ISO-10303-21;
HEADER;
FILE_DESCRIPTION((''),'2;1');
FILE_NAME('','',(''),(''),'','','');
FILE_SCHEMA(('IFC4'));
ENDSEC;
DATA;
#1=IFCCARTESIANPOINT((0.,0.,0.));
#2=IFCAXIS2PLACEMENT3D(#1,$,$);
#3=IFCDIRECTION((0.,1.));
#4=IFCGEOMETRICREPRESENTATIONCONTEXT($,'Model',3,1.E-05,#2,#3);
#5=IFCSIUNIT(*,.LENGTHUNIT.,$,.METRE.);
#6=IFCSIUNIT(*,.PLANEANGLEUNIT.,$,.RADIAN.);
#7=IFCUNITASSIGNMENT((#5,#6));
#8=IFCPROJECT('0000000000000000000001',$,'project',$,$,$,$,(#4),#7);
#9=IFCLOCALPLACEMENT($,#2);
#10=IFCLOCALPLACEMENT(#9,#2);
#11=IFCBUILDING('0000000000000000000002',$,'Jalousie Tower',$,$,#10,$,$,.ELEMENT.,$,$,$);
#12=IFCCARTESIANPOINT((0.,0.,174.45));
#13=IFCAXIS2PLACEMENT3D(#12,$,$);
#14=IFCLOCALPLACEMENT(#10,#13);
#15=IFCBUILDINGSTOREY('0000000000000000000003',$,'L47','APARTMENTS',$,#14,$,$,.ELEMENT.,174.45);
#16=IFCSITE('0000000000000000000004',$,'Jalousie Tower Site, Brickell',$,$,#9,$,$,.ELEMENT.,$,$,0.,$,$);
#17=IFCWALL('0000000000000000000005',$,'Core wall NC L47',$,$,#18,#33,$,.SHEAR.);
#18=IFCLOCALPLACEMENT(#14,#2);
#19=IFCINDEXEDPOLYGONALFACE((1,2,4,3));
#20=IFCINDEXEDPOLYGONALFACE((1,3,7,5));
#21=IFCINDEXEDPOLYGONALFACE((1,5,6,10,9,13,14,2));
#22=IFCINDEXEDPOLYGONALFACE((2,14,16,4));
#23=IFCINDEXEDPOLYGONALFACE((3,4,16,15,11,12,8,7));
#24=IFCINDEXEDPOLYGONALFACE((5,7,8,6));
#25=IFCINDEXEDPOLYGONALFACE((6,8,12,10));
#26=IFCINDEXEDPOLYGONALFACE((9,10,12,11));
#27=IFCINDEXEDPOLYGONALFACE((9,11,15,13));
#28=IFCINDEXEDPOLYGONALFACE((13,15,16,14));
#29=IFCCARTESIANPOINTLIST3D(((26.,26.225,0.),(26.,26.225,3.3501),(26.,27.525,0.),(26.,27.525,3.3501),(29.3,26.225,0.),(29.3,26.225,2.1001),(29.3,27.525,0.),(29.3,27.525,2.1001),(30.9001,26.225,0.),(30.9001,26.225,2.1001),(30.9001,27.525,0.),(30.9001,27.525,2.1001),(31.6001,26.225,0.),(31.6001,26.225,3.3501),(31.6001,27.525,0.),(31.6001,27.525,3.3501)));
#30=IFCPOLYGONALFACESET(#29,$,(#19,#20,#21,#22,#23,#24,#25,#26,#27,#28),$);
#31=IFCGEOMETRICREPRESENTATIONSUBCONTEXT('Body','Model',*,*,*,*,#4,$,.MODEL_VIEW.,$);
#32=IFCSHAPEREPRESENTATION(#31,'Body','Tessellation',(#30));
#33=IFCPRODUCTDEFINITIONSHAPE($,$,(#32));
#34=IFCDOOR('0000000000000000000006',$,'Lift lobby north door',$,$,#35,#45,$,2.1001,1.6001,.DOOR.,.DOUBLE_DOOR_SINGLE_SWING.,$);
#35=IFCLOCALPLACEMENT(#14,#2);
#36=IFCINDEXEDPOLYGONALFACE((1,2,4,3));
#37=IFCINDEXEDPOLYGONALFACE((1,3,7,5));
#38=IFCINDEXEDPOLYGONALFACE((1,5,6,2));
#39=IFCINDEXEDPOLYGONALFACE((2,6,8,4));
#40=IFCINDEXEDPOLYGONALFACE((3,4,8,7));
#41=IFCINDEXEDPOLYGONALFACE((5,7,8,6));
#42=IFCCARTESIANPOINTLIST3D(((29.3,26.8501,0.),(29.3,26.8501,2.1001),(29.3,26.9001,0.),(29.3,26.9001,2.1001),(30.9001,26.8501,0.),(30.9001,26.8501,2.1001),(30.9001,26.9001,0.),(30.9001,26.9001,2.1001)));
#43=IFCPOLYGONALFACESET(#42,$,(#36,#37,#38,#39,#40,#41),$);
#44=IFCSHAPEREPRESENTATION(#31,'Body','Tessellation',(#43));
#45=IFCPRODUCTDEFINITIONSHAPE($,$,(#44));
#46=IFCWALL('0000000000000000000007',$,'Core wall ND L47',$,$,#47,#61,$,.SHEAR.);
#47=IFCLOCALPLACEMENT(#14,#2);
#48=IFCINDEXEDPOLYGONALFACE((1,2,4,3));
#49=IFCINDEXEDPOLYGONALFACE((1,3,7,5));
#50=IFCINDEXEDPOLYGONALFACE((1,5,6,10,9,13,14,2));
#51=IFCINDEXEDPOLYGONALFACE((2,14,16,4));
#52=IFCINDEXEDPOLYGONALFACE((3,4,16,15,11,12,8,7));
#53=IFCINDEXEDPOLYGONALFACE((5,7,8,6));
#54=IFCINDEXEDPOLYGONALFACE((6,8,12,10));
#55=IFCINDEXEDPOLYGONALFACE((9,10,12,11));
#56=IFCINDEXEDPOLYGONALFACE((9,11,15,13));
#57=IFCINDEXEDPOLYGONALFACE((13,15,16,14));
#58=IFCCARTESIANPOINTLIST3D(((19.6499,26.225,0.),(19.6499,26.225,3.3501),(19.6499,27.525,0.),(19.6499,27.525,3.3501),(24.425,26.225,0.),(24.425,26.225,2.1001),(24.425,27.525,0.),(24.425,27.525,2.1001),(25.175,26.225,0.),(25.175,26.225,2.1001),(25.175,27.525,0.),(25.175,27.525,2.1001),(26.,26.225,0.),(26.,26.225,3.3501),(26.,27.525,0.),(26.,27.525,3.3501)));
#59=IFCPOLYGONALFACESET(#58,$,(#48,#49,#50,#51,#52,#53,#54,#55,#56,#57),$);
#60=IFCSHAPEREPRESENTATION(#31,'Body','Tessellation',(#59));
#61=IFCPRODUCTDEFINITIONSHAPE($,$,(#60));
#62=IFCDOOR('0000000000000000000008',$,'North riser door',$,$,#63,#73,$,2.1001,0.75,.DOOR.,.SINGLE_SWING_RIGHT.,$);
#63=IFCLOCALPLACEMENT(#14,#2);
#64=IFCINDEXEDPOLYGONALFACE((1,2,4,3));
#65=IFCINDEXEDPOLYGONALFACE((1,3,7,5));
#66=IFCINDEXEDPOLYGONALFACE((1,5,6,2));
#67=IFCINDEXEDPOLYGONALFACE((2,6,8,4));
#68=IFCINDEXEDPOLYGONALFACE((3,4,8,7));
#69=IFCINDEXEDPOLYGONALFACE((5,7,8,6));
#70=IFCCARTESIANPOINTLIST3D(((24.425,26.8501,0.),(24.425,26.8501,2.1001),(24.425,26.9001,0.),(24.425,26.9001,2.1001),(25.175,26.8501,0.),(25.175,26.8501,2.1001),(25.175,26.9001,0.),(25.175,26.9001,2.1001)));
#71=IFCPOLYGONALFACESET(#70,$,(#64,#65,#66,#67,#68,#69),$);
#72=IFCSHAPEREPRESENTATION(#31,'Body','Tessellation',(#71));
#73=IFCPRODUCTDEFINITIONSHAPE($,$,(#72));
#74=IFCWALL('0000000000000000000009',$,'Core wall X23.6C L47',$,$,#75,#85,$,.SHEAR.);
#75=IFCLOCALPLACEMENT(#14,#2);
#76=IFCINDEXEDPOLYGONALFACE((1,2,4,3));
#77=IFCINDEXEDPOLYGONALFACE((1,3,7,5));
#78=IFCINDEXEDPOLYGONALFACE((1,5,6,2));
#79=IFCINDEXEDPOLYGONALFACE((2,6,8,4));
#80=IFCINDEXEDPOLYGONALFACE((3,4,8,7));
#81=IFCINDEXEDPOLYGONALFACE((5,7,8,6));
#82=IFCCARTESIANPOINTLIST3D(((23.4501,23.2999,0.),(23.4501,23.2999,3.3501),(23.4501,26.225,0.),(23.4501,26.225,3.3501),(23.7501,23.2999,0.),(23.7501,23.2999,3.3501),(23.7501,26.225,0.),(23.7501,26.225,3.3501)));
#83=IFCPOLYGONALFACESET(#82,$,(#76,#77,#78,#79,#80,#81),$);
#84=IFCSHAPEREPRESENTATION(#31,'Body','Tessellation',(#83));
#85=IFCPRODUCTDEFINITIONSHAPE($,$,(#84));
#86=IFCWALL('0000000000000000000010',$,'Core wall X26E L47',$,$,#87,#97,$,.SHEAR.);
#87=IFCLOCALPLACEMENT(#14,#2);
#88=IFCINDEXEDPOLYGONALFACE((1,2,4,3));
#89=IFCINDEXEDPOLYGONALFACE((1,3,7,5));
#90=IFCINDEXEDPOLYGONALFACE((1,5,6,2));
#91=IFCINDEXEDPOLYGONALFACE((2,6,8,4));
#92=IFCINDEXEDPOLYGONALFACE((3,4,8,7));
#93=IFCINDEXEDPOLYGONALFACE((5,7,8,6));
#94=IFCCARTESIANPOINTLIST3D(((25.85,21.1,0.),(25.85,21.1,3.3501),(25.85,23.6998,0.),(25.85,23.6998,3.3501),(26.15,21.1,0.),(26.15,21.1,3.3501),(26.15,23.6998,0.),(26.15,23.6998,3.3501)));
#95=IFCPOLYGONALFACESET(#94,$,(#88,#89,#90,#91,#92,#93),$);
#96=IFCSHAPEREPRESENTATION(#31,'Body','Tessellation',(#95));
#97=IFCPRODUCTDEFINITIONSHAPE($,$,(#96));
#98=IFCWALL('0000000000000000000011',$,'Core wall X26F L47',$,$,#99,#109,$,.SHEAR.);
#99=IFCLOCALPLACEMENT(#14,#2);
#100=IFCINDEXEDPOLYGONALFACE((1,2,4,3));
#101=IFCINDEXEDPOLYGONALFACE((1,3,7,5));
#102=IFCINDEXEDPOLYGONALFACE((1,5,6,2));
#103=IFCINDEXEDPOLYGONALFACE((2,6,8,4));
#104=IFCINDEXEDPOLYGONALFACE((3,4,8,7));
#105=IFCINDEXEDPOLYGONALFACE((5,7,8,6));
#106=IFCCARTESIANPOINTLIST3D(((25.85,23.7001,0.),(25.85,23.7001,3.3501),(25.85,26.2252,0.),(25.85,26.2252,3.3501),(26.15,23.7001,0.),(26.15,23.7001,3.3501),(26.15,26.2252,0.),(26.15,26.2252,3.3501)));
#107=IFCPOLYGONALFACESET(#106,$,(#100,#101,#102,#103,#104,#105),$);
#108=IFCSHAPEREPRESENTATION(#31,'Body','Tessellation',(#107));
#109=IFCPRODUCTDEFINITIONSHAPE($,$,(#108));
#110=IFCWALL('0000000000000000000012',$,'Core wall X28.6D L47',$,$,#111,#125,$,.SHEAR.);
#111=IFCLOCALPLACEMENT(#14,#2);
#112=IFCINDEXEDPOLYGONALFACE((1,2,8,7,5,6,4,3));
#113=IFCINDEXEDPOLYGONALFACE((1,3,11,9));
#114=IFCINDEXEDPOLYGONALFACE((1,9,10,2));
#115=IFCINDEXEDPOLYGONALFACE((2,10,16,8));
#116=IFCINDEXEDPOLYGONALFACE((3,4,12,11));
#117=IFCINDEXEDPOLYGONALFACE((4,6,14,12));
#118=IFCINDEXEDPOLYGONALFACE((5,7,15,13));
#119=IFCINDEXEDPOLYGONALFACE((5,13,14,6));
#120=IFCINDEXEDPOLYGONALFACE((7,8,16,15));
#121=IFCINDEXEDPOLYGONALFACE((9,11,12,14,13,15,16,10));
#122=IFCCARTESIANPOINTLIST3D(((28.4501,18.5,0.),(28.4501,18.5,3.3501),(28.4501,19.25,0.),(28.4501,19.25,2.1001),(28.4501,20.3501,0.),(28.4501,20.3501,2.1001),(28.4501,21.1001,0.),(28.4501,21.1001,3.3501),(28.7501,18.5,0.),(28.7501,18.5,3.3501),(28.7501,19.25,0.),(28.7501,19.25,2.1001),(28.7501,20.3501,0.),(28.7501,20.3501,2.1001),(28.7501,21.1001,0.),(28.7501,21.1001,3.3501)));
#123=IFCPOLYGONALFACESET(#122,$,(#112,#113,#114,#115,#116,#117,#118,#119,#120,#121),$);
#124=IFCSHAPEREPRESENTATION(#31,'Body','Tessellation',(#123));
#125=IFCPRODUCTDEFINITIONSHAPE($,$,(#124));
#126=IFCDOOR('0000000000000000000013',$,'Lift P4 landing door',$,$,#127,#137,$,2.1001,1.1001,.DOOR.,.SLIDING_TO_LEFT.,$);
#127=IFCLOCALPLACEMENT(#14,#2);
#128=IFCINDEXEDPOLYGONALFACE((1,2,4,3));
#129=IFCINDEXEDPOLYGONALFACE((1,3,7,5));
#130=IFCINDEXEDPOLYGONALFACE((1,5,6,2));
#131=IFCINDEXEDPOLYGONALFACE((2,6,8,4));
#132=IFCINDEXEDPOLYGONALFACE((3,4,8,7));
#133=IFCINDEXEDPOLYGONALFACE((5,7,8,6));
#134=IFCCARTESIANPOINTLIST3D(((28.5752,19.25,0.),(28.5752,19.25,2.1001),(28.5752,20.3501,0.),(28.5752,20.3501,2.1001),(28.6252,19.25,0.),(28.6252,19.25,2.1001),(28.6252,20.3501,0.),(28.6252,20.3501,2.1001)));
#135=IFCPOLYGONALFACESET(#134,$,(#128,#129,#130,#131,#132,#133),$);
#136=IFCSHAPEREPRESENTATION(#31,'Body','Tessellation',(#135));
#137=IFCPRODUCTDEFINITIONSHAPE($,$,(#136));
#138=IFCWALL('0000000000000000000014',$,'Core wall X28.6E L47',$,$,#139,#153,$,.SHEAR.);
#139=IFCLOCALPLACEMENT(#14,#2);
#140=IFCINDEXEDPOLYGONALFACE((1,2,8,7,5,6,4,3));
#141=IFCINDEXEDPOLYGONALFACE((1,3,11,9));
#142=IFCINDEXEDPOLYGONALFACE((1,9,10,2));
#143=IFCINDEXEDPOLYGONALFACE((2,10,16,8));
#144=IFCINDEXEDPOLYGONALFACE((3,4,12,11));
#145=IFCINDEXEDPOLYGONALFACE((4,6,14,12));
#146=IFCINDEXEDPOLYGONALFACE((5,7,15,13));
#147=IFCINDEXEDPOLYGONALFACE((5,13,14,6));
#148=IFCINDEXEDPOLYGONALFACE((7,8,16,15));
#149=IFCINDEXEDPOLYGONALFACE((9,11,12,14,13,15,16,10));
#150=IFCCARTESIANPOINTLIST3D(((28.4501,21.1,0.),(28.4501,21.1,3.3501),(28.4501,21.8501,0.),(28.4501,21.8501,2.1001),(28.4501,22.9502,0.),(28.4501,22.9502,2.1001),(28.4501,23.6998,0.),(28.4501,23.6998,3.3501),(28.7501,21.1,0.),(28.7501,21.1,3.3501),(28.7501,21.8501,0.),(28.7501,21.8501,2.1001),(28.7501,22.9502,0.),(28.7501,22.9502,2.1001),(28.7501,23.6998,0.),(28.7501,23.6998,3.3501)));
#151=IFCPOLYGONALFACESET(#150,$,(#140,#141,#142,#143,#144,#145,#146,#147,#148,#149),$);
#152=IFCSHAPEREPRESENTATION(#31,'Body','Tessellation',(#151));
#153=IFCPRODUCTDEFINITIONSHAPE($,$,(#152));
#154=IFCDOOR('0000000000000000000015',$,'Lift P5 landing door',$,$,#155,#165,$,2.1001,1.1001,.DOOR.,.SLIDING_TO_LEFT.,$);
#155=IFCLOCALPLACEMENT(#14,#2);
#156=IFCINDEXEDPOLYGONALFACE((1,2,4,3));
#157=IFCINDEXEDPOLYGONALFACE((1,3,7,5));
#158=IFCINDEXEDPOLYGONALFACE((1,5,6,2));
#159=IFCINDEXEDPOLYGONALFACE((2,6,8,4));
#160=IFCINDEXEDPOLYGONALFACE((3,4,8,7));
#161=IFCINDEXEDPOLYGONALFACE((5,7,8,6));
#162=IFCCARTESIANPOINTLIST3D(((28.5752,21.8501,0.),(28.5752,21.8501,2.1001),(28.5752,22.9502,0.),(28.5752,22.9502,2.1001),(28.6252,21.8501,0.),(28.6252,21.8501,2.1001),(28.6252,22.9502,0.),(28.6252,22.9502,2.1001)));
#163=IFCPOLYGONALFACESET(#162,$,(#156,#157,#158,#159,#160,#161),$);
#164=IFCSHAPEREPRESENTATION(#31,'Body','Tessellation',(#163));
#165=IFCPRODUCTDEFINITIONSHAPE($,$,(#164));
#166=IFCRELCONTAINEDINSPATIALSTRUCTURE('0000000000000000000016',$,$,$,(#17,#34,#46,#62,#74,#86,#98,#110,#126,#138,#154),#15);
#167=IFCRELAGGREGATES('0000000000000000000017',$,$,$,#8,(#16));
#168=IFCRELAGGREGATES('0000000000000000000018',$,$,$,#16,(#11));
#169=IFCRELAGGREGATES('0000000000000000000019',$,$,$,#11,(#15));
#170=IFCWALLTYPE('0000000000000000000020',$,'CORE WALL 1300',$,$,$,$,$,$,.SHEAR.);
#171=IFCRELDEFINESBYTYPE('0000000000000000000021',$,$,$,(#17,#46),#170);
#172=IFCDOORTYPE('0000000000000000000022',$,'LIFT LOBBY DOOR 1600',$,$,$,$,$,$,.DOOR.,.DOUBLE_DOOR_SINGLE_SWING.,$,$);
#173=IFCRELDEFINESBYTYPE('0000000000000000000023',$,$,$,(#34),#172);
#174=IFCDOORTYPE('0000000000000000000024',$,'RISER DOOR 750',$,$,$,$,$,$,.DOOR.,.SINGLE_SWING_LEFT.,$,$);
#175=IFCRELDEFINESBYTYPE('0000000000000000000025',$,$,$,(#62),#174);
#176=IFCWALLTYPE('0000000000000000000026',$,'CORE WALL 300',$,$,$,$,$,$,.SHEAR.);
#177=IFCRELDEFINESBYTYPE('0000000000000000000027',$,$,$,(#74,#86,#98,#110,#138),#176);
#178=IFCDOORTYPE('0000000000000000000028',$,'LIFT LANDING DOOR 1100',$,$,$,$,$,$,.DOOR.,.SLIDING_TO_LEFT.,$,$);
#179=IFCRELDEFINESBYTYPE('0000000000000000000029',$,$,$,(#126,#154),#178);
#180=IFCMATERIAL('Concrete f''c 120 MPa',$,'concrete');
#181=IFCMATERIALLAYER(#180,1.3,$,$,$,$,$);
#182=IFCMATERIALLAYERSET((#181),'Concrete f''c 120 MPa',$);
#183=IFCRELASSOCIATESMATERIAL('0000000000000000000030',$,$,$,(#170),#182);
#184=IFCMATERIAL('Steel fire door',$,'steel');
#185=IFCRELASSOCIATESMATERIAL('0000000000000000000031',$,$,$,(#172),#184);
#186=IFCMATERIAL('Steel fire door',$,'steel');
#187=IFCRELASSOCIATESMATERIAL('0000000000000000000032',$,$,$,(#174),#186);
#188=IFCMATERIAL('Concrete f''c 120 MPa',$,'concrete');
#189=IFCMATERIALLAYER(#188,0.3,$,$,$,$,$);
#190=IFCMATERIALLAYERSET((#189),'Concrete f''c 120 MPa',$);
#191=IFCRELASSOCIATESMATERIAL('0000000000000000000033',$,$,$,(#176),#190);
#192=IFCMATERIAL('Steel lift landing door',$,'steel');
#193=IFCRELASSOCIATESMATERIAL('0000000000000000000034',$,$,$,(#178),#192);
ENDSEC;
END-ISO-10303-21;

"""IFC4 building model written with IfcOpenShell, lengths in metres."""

from ifc_helpers import new_model, si_unit, direction, frame, frame_2d, origin, place, context, subcontext, project, spatial, rectangle, extrude, material, layer, layer_set, type_object, element, fill, save


model = new_model("IFC4")

# Units and contexts
model_context = context("Model", 3, precision=1e-05, world=origin(), true_north=direction((0.0, 1.0)))
body_context = subcontext(model_context, "Body", "Model", "MODEL_VIEW")
ifc_project = project(units=[si_unit("LENGTHUNIT", "METRE"), si_unit("PLANEANGLEUNIT", "RADIAN")], contexts=[model_context])

# Site, building, storey
site_placement = place(None, origin())
site = spatial("IfcSite", under=ifc_project, at=site_placement, Name="Jalousie Tower Site, Brickell", CompositionType="ELEMENT", RefElevation=0.0)
building_placement = place(site_placement, origin())
building = spatial("IfcBuilding", under=site, at=building_placement, Name="Jalousie Tower", CompositionType="ELEMENT")
storey_placement = place(building_placement, frame((0.0, 0.0, 174.45)))
storey = spatial("IfcBuildingStorey", under=building, at=storey_placement, Name="L47", Description="APARTMENTS", CompositionType="ELEMENT", Elevation=174.45)

# Walls, openings, doors
ifc_material_1 = material(Name="Concrete f'c 120 MPa", Category="concrete")
ifc_layer_1 = layer(ifc_material_1, 1.3)
ifc_layer_set_1 = layer_set([ifc_layer_1], Name="Concrete f'c 120 MPa")
wall_type_1 = type_object("IfcWallType", Name="CORE WALL 1300", PredefinedType="SHEAR", material=ifc_layer_set_1)
wall_1_placement = place(storey_placement, frame((31.6001, 26.875, 0.0), z_axis=(0.0, 0.0, 1.0), x_axis=(-1.0, 0.0, 0.0)))
wall_1 = element("IfcWall", 1, at=wall_1_placement, inside=storey, type_object=wall_type_1, Name="Core wall NC L47", PredefinedType="SHEAR", context=body_context, shape_type="SweptSolid", body=[
    extrude(rectangle(XDim=5.6001, YDim=1.3, at=frame_2d((2.8, 0.0))), origin(), (0.0, 0.0, 1.0), 3.3501),
])
opening_1_placement = place(wall_1_placement, frame((0.7, 0.0, 0.0)))
opening_1 = element("IfcOpeningElement", 2, at=opening_1_placement, cuts=wall_1, PredefinedType="OPENING", context=body_context, shape_type="SweptSolid", body=[
    extrude(rectangle(XDim=1.6001, YDim=2.1001, at=frame_2d((0.8, 1.05))), frame((0.0, 0.6599, 0.0), z_axis=(0.0, -1.0, 0.0), x_axis=(1.0, 0.0, 0.0)), (0.0, 0.0, 1.0), 1.3201),
])
ifc_material_2 = material(Name="Steel fire door", Category="steel")
door_type_1 = type_object("IfcDoorType", Name="LIFT LOBBY DOOR 1600", OperationType="DOUBLE_DOOR_SINGLE_SWING", PredefinedType="DOOR", material=ifc_material_2)
door_1_placement = place(opening_1_placement, origin())
door_1 = element("IfcDoor", 3, at=door_1_placement, inside=storey, type_object=door_type_1, Name="Lift lobby north door", OperationType="DOUBLE_DOOR_SINGLE_SWING", OverallHeight=2.1001, OverallWidth=1.6001, PredefinedType="DOOR", context=body_context, shape_type="SweptSolid", body=[
    extrude(rectangle(XDim=1.6001, YDim=2.1001, at=frame_2d((0.8, 1.05))), frame((0.0, 0.0249, 0.0), z_axis=(0.0, -1.0, 0.0), x_axis=(1.0, 0.0, 0.0)), (0.0, 0.0, 1.0), 0.05),
])
fill(opening_1, door_1)
wall_2_placement = place(storey_placement, frame((26.0, 26.875, 0.0), z_axis=(0.0, 0.0, 1.0), x_axis=(-1.0, 0.0, 0.0)))
wall_2 = element("IfcWall", 4, at=wall_2_placement, inside=storey, type_object=wall_type_1, Name="Core wall ND L47", PredefinedType="SHEAR", context=body_context, shape_type="SweptSolid", body=[
    extrude(rectangle(XDim=6.3501, YDim=1.3, at=frame_2d((3.175, 0.0))), origin(), (0.0, 0.0, 1.0), 3.3501),
])
opening_2_placement = place(wall_2_placement, frame((0.825, 0.0, 0.0)))
opening_2 = element("IfcOpeningElement", 5, at=opening_2_placement, cuts=wall_2, PredefinedType="OPENING", context=body_context, shape_type="SweptSolid", body=[
    extrude(rectangle(XDim=0.75, YDim=2.1001, at=frame_2d((0.375, 1.05))), frame((0.0, 0.6599, 0.0), z_axis=(0.0, -1.0, 0.0), x_axis=(1.0, 0.0, 0.0)), (0.0, 0.0, 1.0), 1.3201),
])
ifc_material_3 = material(Name="Steel fire door", Category="steel")
door_type_2 = type_object("IfcDoorType", Name="RISER DOOR 750", OperationType="SINGLE_SWING_LEFT", PredefinedType="DOOR", material=ifc_material_3)
door_2_placement = place(opening_2_placement, origin())
door_2 = element("IfcDoor", 6, at=door_2_placement, inside=storey, type_object=door_type_2, Name="North riser door", OperationType="SINGLE_SWING_RIGHT", OverallHeight=2.1001, OverallWidth=0.75, PredefinedType="DOOR", context=body_context, shape_type="SweptSolid", body=[
    extrude(rectangle(XDim=0.75, YDim=2.1001, at=frame_2d((0.375, 1.05))), frame((0.0, 0.0249, 0.0), z_axis=(0.0, -1.0, 0.0), x_axis=(1.0, 0.0, 0.0)), (0.0, 0.0, 1.0), 0.05),
])
fill(opening_2, door_2)

# Walls
ifc_material_4 = material(Name="Concrete f'c 120 MPa", Category="concrete")
ifc_layer_2 = layer(ifc_material_4, 0.3)
ifc_layer_set_2 = layer_set([ifc_layer_2], Name="Concrete f'c 120 MPa")
wall_type_2 = type_object("IfcWallType", Name="CORE WALL 300", PredefinedType="SHEAR", material=ifc_layer_set_2)
wall_3_placement = place(storey_placement, frame((23.6001, 23.3, 0.0), z_axis=(0.0, 0.0, 1.0), x_axis=(0.0, 1.0, 0.0)))
element("IfcWall", 7, at=wall_3_placement, inside=storey, type_object=wall_type_2, Name="Core wall X23.6C L47", PredefinedType="SHEAR", context=body_context, shape_type="SweptSolid", body=[
    extrude(rectangle(XDim=2.925, YDim=0.3, at=frame_2d((1.4624, 0.0))), origin(), (0.0, 0.0, 1.0), 3.3501),
])
wall_4_placement = place(storey_placement, frame((26.0, 21.1001, 0.0), z_axis=(0.0, 0.0, 1.0), x_axis=(0.0, 1.0, 0.0)))
element("IfcWall", 8, at=wall_4_placement, inside=storey, type_object=wall_type_2, Name="Core wall X26E L47", PredefinedType="SHEAR", context=body_context, shape_type="SweptSolid", body=[
    extrude(rectangle(XDim=2.5999, YDim=0.3, at=frame_2d((1.2998, 0.0))), origin(), (0.0, 0.0, 1.0), 3.3501),
])
wall_5_placement = place(storey_placement, frame((26.0, 23.7, 0.0), z_axis=(0.0, 0.0, 1.0), x_axis=(0.0, 1.0, 0.0)))
element("IfcWall", 9, at=wall_5_placement, inside=storey, type_object=wall_type_2, Name="Core wall X26F L47", PredefinedType="SHEAR", context=body_context, shape_type="SweptSolid", body=[
    extrude(rectangle(XDim=2.5251, YDim=0.3, at=frame_2d((1.2627, 0.0))), origin(), (0.0, 0.0, 1.0), 3.3501),
])

# Walls, openings, doors
wall_6_placement = place(storey_placement, frame((28.6001, 18.5, 0.0), z_axis=(0.0, 0.0, 1.0), x_axis=(0.0, 1.0, 0.0)))
wall_6 = element("IfcWall", 10, at=wall_6_placement, inside=storey, type_object=wall_type_2, Name="Core wall X28.6D L47", PredefinedType="SHEAR", context=body_context, shape_type="SweptSolid", body=[
    extrude(rectangle(XDim=2.6001, YDim=0.3, at=frame_2d((1.3, 0.0))), origin(), (0.0, 0.0, 1.0), 3.3501),
])
opening_3_placement = place(wall_6_placement, frame((0.75, 0.0, 0.0)))
opening_3 = element("IfcOpeningElement", 11, at=opening_3_placement, cuts=wall_6, PredefinedType="OPENING", context=body_context, shape_type="SweptSolid", body=[
    extrude(rectangle(XDim=1.1001, YDim=2.1001, at=frame_2d((0.55, 1.05))), frame((0.0, 0.1599, 0.0), z_axis=(0.0, -1.0, 0.0), x_axis=(1.0, 0.0, 0.0)), (0.0, 0.0, 1.0), 0.3201),
])
ifc_material_5 = material(Name="Steel lift landing door", Category="steel")
door_type_3 = type_object("IfcDoorType", Name="LIFT LANDING DOOR 1100", OperationType="SLIDING_TO_LEFT", PredefinedType="DOOR", material=ifc_material_5)
door_3_placement = place(opening_3_placement, origin())
door_3 = element("IfcDoor", 12, at=door_3_placement, inside=storey, type_object=door_type_3, Name="Lift P4 landing door", OperationType="SLIDING_TO_LEFT", OverallHeight=2.1001, OverallWidth=1.1001, PredefinedType="DOOR", context=body_context, shape_type="SweptSolid", body=[
    extrude(rectangle(XDim=1.1001, YDim=2.1001, at=frame_2d((0.55, 1.05))), frame((0.0, 0.0249, 0.0), z_axis=(0.0, -1.0, 0.0), x_axis=(1.0, 0.0, 0.0)), (0.0, 0.0, 1.0), 0.05),
])
fill(opening_3, door_3)
wall_7_placement = place(storey_placement, frame((28.6001, 21.1001, 0.0), z_axis=(0.0, 0.0, 1.0), x_axis=(0.0, 1.0, 0.0)))
wall_7 = element("IfcWall", 13, at=wall_7_placement, inside=storey, type_object=wall_type_2, Name="Core wall X28.6E L47", PredefinedType="SHEAR", context=body_context, shape_type="SweptSolid", body=[
    extrude(rectangle(XDim=2.5999, YDim=0.3, at=frame_2d((1.2998, 0.0))), origin(), (0.0, 0.0, 1.0), 3.3501),
])
opening_4_placement = place(wall_7_placement, frame((0.75, 0.0, 0.0)))
opening_4 = element("IfcOpeningElement", 14, at=opening_4_placement, cuts=wall_7, PredefinedType="OPENING", context=body_context, shape_type="SweptSolid", body=[
    extrude(rectangle(XDim=1.1001, YDim=2.1001, at=frame_2d((0.55, 1.05))), frame((0.0, 0.1599, 0.0), z_axis=(0.0, -1.0, 0.0), x_axis=(1.0, 0.0, 0.0)), (0.0, 0.0, 1.0), 0.3201),
])
door_4_placement = place(opening_4_placement, origin())
door_4 = element("IfcDoor", 15, at=door_4_placement, inside=storey, type_object=door_type_3, Name="Lift P5 landing door", OperationType="SLIDING_TO_LEFT", OverallHeight=2.1001, OverallWidth=1.1001, PredefinedType="DOOR", context=body_context, shape_type="SweptSolid", body=[
    extrude(rectangle(XDim=1.1001, YDim=2.1001, at=frame_2d((0.55, 1.05))), frame((0.0, 0.0249, 0.0), z_axis=(0.0, -1.0, 0.0), x_axis=(1.0, 0.0, 0.0)), (0.0, 0.0, 1.0), 0.05),
])
fill(opening_4, door_4)

save(model, "model.ifc")
